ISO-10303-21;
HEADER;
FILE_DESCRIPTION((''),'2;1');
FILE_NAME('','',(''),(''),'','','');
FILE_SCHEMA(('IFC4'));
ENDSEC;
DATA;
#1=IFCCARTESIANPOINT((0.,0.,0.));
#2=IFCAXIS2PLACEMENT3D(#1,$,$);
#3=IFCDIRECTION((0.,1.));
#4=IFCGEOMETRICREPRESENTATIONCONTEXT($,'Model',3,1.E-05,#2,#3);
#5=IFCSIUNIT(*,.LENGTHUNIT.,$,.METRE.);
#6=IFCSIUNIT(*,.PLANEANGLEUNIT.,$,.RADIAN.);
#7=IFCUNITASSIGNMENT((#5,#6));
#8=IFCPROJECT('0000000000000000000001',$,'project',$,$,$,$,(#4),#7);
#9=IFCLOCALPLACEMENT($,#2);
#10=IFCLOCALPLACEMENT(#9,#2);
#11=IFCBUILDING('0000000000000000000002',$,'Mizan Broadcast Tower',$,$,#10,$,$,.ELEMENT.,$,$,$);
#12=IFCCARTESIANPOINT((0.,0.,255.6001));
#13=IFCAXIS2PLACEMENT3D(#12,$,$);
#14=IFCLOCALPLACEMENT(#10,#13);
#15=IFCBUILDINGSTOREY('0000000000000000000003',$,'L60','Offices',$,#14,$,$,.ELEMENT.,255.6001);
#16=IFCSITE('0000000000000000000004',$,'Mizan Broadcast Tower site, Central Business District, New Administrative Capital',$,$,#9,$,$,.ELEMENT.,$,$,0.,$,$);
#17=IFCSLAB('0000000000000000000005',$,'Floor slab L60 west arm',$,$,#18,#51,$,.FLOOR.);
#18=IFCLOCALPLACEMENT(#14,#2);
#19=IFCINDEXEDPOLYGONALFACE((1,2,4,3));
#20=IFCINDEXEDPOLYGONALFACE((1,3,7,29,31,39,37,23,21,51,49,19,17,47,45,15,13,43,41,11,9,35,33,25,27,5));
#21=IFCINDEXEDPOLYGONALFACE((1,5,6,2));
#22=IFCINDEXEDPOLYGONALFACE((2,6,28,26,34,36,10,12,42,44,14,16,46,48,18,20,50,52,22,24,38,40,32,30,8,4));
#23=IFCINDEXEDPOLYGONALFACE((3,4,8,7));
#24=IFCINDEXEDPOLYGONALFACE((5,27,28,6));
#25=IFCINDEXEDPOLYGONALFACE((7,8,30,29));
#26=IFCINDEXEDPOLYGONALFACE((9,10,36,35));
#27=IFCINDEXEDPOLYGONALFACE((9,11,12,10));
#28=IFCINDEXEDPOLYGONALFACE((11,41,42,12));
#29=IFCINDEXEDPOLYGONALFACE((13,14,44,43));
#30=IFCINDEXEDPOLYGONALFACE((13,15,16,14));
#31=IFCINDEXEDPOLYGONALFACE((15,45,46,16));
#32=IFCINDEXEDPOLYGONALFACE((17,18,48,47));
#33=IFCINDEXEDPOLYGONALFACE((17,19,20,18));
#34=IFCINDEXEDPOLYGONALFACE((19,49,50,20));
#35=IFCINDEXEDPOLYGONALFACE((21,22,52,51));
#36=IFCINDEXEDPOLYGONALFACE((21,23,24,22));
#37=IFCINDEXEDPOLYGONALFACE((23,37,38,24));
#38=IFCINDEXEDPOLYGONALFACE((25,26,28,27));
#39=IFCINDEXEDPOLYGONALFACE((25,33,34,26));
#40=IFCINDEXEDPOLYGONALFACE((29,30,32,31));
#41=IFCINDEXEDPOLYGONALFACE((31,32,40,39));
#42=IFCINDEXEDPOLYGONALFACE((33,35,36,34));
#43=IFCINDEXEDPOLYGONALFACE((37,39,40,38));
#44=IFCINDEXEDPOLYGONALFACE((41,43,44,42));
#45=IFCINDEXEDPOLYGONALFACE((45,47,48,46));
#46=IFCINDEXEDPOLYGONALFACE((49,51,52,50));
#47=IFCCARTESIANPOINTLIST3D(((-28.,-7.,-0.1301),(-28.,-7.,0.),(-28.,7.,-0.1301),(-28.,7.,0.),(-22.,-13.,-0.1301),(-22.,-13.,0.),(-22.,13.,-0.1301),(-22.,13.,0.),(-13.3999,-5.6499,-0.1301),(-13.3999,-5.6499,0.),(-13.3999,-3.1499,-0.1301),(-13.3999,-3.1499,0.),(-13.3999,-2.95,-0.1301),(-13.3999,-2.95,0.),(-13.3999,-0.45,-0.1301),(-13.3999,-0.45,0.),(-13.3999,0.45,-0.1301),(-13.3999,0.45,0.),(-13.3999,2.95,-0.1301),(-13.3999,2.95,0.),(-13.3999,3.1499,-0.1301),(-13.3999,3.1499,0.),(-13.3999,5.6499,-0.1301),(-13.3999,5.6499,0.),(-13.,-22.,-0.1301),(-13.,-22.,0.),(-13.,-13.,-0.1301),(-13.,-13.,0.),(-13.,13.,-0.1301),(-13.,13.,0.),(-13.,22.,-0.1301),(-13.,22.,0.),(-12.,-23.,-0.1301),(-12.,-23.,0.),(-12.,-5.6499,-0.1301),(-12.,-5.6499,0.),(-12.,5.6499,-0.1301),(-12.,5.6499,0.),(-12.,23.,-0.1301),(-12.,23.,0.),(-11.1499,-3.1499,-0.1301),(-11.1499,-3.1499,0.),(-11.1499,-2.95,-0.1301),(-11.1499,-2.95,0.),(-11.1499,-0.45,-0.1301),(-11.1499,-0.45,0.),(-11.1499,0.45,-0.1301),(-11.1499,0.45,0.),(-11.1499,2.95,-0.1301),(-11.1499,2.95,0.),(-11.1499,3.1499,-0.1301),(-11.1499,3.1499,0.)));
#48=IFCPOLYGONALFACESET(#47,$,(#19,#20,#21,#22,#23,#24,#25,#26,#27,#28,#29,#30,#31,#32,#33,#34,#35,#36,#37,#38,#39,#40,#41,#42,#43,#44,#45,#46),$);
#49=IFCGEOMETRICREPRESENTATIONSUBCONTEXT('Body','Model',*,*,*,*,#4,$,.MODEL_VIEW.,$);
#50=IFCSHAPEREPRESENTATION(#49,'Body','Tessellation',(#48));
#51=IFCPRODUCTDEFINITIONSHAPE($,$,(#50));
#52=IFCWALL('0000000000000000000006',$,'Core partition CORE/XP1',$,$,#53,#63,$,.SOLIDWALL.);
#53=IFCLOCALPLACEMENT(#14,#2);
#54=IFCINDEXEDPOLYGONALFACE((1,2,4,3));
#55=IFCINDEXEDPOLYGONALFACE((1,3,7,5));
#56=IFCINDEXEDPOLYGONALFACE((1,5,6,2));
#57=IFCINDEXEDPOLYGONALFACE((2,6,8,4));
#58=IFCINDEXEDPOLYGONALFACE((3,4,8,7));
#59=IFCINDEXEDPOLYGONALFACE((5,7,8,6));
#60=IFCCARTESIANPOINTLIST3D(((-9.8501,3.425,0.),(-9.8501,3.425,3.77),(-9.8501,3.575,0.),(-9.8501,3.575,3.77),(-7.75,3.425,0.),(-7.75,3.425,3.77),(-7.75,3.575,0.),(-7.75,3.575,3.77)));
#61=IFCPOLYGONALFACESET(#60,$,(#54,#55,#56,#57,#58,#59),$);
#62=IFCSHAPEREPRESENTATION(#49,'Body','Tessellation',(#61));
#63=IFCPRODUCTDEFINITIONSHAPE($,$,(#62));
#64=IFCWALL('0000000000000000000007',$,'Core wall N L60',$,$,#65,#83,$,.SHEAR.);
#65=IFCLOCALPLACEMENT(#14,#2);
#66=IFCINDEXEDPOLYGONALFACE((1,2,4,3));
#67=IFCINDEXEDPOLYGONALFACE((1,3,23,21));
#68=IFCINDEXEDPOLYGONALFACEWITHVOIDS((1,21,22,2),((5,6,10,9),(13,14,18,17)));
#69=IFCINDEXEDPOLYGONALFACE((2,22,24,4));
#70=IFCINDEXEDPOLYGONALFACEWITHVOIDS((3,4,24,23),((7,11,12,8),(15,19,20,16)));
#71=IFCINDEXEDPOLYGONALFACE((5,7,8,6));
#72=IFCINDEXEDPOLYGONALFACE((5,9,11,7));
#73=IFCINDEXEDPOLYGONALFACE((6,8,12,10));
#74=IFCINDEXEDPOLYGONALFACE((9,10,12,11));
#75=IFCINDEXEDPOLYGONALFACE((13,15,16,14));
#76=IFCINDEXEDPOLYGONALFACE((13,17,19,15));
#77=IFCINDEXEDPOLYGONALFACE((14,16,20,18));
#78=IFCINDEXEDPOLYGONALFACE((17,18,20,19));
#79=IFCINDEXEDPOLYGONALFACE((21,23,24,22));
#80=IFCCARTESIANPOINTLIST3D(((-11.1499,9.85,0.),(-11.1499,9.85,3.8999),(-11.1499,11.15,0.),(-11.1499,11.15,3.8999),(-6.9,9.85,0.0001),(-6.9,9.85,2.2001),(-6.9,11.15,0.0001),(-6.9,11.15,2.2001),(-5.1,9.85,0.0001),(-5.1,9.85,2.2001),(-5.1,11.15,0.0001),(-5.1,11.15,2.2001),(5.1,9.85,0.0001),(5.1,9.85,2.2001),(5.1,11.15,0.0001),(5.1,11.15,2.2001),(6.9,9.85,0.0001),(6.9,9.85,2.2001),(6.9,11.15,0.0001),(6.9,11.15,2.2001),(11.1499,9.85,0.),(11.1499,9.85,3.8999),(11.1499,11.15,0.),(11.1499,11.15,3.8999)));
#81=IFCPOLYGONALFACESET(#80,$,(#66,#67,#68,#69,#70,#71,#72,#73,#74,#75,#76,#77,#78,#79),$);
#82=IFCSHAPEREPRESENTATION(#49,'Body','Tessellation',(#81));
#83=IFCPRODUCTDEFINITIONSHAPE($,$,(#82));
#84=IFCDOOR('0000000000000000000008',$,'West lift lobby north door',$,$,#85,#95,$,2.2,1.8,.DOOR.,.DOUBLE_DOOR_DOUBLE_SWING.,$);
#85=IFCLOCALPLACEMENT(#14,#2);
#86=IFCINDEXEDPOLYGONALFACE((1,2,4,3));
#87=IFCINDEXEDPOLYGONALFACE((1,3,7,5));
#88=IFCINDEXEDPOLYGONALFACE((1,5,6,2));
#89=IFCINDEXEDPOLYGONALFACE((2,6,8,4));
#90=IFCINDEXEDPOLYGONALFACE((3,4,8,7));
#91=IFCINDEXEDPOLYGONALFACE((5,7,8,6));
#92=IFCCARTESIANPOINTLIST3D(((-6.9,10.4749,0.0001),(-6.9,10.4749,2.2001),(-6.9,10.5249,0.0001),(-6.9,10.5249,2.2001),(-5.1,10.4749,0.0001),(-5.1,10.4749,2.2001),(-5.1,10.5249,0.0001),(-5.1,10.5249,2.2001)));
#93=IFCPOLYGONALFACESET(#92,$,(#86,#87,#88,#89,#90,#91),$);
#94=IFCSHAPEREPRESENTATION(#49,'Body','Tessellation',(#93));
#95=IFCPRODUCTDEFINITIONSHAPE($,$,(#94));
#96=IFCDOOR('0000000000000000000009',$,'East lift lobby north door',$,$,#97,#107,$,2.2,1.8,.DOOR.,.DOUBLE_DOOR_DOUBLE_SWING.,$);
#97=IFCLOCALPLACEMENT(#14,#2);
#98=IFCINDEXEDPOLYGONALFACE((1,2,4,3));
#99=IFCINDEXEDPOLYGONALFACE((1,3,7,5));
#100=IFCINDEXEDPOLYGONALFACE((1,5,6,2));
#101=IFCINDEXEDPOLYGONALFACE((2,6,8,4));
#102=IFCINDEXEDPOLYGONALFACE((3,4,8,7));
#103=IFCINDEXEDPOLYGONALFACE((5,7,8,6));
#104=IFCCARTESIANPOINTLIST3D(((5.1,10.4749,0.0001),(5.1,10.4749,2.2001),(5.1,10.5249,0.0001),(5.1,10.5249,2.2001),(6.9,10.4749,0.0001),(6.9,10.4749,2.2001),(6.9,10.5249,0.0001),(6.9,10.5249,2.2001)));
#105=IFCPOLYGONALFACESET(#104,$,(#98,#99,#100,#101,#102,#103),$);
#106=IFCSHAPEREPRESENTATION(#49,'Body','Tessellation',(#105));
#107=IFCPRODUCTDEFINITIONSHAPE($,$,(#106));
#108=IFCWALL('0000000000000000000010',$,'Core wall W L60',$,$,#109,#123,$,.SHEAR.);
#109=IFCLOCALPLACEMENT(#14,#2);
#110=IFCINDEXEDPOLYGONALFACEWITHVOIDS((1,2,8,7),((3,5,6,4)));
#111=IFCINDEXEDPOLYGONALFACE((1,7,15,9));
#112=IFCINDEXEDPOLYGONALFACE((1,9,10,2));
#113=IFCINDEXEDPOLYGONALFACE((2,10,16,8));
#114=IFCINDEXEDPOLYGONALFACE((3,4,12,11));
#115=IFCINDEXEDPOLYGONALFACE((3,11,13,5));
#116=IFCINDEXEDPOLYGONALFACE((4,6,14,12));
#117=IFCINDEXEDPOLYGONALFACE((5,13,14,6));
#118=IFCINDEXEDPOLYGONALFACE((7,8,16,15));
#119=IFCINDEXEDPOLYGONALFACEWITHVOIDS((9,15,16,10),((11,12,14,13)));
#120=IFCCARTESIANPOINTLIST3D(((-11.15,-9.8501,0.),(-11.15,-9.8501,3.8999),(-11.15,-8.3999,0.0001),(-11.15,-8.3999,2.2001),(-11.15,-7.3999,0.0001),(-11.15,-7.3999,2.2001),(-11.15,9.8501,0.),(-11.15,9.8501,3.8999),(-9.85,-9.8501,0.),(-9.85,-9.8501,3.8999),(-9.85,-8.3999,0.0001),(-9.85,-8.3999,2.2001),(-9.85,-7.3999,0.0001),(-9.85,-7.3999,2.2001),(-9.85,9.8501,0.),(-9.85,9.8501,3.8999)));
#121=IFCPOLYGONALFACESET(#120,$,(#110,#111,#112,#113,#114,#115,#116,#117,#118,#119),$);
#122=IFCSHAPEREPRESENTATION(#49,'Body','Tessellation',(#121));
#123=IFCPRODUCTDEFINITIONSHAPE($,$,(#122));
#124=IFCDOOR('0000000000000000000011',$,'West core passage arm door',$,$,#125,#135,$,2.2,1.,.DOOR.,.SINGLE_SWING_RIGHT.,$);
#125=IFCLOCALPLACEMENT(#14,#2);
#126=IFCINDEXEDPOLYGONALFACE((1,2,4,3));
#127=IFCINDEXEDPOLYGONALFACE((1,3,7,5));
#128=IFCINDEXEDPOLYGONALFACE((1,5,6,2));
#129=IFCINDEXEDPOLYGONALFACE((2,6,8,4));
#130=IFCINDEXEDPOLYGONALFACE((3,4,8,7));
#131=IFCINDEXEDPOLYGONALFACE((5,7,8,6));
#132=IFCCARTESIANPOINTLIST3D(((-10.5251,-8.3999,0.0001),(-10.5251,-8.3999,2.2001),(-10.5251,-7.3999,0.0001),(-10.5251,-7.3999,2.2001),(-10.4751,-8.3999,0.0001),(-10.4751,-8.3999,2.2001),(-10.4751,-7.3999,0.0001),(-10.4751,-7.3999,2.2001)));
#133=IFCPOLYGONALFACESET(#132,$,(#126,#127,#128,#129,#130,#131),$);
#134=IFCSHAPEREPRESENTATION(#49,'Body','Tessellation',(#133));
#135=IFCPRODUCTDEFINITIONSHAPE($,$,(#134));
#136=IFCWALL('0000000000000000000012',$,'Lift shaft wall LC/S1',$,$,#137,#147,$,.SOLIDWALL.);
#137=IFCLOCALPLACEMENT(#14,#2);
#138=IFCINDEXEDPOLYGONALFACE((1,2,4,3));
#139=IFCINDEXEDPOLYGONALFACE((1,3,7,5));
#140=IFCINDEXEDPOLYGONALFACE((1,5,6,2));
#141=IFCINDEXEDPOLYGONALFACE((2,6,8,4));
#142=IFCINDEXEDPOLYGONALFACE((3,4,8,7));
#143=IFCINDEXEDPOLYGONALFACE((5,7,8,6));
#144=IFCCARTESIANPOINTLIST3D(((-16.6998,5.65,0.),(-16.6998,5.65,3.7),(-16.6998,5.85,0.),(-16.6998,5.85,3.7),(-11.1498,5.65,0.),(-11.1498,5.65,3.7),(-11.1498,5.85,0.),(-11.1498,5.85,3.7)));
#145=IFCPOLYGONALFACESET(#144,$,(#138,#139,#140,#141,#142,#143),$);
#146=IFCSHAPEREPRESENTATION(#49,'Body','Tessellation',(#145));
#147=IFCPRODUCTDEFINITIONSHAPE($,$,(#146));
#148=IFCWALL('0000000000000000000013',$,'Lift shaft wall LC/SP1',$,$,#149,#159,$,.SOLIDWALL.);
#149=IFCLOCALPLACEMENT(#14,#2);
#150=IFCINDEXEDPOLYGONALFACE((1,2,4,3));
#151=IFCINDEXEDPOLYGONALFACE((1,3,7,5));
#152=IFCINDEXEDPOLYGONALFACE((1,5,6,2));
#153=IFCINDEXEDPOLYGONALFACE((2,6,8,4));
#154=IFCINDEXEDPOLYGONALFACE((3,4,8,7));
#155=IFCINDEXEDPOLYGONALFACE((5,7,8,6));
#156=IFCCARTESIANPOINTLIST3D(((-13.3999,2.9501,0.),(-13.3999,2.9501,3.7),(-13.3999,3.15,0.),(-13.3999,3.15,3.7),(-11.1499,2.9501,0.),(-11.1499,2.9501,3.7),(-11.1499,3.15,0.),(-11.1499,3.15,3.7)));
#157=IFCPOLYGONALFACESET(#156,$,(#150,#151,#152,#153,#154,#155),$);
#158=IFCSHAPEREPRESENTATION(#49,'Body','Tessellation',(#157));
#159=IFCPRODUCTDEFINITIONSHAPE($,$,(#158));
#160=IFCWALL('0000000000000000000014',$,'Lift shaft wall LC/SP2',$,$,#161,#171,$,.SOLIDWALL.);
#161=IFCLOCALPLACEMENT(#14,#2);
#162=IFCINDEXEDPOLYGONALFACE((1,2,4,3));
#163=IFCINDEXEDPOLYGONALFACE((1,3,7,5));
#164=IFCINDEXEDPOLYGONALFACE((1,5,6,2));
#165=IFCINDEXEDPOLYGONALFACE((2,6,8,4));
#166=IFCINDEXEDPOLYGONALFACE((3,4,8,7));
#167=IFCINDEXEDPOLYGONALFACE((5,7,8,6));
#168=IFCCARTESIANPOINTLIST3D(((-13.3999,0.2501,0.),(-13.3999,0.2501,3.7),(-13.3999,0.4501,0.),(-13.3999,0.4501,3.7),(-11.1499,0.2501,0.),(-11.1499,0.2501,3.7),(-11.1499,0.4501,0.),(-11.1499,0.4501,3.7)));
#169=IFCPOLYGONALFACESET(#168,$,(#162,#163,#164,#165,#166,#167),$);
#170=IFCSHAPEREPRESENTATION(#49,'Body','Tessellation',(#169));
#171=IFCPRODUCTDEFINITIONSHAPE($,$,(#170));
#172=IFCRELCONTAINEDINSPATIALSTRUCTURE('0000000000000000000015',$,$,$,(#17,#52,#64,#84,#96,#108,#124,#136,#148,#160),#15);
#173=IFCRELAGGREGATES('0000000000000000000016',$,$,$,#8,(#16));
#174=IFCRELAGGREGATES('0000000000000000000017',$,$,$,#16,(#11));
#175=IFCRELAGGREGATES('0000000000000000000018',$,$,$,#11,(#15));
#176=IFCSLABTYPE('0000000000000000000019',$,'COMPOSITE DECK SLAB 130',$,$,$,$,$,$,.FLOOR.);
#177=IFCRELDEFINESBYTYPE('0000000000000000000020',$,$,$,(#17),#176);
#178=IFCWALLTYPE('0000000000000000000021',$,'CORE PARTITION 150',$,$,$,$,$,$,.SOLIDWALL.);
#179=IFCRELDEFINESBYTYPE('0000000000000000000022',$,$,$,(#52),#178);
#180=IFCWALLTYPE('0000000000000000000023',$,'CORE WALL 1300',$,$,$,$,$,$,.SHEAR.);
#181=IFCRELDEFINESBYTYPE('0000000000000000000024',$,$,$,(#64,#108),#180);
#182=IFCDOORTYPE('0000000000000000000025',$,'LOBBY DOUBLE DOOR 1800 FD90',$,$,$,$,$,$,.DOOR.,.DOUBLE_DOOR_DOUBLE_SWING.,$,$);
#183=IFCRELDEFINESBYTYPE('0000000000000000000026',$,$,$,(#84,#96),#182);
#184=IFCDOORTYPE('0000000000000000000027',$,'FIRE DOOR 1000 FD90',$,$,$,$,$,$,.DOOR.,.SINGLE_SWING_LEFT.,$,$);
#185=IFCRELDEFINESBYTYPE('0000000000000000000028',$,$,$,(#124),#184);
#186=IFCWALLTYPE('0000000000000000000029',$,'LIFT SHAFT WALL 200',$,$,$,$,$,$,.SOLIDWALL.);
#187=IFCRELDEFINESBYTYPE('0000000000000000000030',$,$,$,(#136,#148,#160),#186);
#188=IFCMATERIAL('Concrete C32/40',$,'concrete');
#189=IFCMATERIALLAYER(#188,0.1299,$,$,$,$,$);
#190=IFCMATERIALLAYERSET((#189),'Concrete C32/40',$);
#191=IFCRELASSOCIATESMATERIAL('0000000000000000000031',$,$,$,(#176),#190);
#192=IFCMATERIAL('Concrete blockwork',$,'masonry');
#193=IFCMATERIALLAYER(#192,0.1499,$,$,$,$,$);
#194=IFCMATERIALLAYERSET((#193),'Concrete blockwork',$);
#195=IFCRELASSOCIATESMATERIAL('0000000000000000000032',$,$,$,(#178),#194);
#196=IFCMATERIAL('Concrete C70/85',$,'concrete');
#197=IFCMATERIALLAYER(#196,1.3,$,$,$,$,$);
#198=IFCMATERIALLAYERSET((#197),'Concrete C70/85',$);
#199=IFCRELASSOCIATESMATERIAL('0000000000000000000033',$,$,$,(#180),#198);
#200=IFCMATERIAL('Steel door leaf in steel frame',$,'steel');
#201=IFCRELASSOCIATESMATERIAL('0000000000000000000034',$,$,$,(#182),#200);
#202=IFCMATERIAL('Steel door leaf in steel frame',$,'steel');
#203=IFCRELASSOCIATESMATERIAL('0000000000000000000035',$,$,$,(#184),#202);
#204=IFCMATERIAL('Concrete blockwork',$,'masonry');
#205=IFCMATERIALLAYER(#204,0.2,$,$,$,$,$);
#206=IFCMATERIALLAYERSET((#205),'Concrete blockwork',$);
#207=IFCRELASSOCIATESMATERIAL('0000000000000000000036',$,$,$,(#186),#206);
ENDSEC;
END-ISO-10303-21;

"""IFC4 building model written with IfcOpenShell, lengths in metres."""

from ifc_helpers import new_model, si_unit, direction, frame, frame_2d, origin, place, context, subcontext, project, spatial, polyline, rectangle, outline, extrude, material, layer, layer_set, type_object, element, fill, save


model = new_model("IFC4")

# Units and contexts
model_context = context("Model", 3, precision=1e-05, world=origin(), true_north=direction((0.0, 1.0)))
body_context = subcontext(model_context, "Body", "Model", "MODEL_VIEW")
ifc_project = project(units=[si_unit("LENGTHUNIT", "METRE"), si_unit("PLANEANGLEUNIT", "RADIAN")], contexts=[model_context])

# Site, building, storey
site_placement = place(None, origin())
site = spatial("IfcSite", under=ifc_project, at=site_placement, Name="Mizan Broadcast Tower site, Central Business District, New Administrative Capital", CompositionType="ELEMENT", RefElevation=0.0)
building_placement = place(site_placement, origin())
building = spatial("IfcBuilding", under=site, at=building_placement, Name="Mizan Broadcast Tower", CompositionType="ELEMENT")
storey_placement = place(building_placement, frame((0.0, 0.0, 255.6001)))
storey = spatial("IfcBuildingStorey", under=building, at=storey_placement, Name="L60", Description="Offices", CompositionType="ELEMENT", Elevation=255.6001)

# Slab
ifc_material_1 = material(Name="Concrete C32/40", Category="concrete")
ifc_layer_1 = layer(ifc_material_1, 0.1299)
ifc_layer_set_1 = layer_set([ifc_layer_1], Name="Concrete C32/40")
slab_type = type_object("IfcSlabType", Name="COMPOSITE DECK SLAB 130", PredefinedType="FLOOR", material=ifc_layer_set_1)
slab_1_placement = place(storey_placement, frame((0.0, 0.0, -0.1301)))
element("IfcSlab", 1, at=slab_1_placement, inside=storey, type_object=slab_type, Name="Floor slab L60 west arm", PredefinedType="FLOOR", context=body_context, shape_type="SweptSolid", body=[
    extrude(outline(polyline([(-22.0, 13.0), (-28.0, 7.0), (-28.0, -7.0), (-22.0, -13.0), (-13.0, -13.0), (-13.0, -22.0), (-12.0, -23.0), (-12.0, -5.6499), (-13.3999, -5.6499), (-13.3999, -3.1499), (-11.1499, -3.1499), (-11.1499, -2.95), (-13.3999, -2.95), (-13.3999, -0.45), (-11.1499, -0.45), (-11.1499, 0.45), (-13.3999, 0.45), (-13.3999, 2.95), (-11.1499, 2.95), (-11.1499, 3.1499), (-13.3999, 3.1499), (-13.3999, 5.6499), (-12.0, 5.6499), (-12.0, 23.0), (-13.0, 22.0), (-13.0, 13.0), (-22.0, 13.0)])), origin(), (0.0, 0.0, 1.0), 0.1301),
])

# Wall
ifc_material_2 = material(Name="Concrete blockwork", Category="masonry")
ifc_layer_2 = layer(ifc_material_2, 0.1499)
ifc_layer_set_2 = layer_set([ifc_layer_2], Name="Concrete blockwork")
wall_type_1 = type_object("IfcWallType", Name="CORE PARTITION 150", PredefinedType="SOLIDWALL", material=ifc_layer_set_2)
wall_1_placement = place(storey_placement, frame((-9.8501, 3.5, 0.0), z_axis=(0.0, 0.0, 1.0), x_axis=(1.0, 0.0, 0.0)))
element("IfcWall", 2, at=wall_1_placement, inside=storey, type_object=wall_type_1, Name="Core partition CORE/XP1", PredefinedType="SOLIDWALL", context=body_context, shape_type="SweptSolid", body=[
    extrude(rectangle(XDim=2.1001, YDim=0.1499, at=frame_2d((1.05, 0.0))), origin(), (0.0, 0.0, 1.0), 3.77),
])

# Wall, openings, doors
ifc_material_3 = material(Name="Concrete C70/85", Category="concrete")
ifc_layer_3 = layer(ifc_material_3, 1.3)
ifc_layer_set_3 = layer_set([ifc_layer_3], Name="Concrete C70/85")
wall_type_2 = type_object("IfcWallType", Name="CORE WALL 1300", PredefinedType="SHEAR", material=ifc_layer_set_3)
wall_2_placement = place(storey_placement, frame((-11.1499, 10.5, 0.0), z_axis=(0.0, 0.0, 1.0), x_axis=(1.0, 0.0, 0.0)))
wall_2 = element("IfcWall", 3, at=wall_2_placement, inside=storey, type_object=wall_type_2, Name="Core wall N L60", PredefinedType="SHEAR", context=body_context, shape_type="SweptSolid", body=[
    extrude(rectangle(XDim=22.2998, YDim=1.3, at=frame_2d((11.1499, 0.0))), origin(), (0.0, 0.0, 1.0), 3.8999),
])
opening_1_placement = place(wall_2_placement, frame((4.25, 0.0, 0.0)))
opening_1 = element("IfcOpeningElement", 4, at=opening_1_placement, cuts=wall_2, PredefinedType="OPENING", context=body_context, shape_type="SweptSolid", body=[
    extrude(rectangle(XDim=1.8, YDim=2.2, at=frame_2d((0.8999, 1.1001))), frame((0.0, 0.6599, 0.0), z_axis=(0.0, -1.0, 0.0), x_axis=(1.0, 0.0, 0.0)), (0.0, 0.0, 1.0), 1.3201),
])
opening_2_placement = place(wall_2_placement, frame((16.25, 0.0, 0.0)))
opening_2 = element("IfcOpeningElement", 5, at=opening_2_placement, cuts=wall_2, PredefinedType="OPENING", context=body_context, shape_type="SweptSolid", body=[
    extrude(rectangle(XDim=1.8, YDim=2.2, at=frame_2d((0.8999, 1.1001))), frame((0.0, 0.6599, 0.0), z_axis=(0.0, -1.0, 0.0), x_axis=(1.0, 0.0, 0.0)), (0.0, 0.0, 1.0), 1.3201),
])
ifc_material_4 = material(Name="Steel door leaf in steel frame", Category="steel")
door_type_1 = type_object("IfcDoorType", Name="LOBBY DOUBLE DOOR 1800 FD90", OperationType="DOUBLE_DOOR_DOUBLE_SWING", PredefinedType="DOOR", material=ifc_material_4)
door_1_placement = place(opening_1_placement, origin())
door_1 = element("IfcDoor", 6, at=door_1_placement, inside=storey, type_object=door_type_1, Name="West lift lobby north door", OperationType="DOUBLE_DOOR_DOUBLE_SWING", OverallHeight=2.2, OverallWidth=1.8, PredefinedType="DOOR", context=body_context, shape_type="SweptSolid", body=[
    extrude(rectangle(XDim=1.8, YDim=2.2, at=frame_2d((0.8999, 1.1001))), frame((0.0, 0.0249, 0.0), z_axis=(0.0, -1.0, 0.0), x_axis=(1.0, 0.0, 0.0)), (0.0, 0.0, 1.0), 0.05),
])
fill(opening_1, door_1)
door_2_placement = place(opening_2_placement, origin())
door_2 = element("IfcDoor", 7, at=door_2_placement, inside=storey, type_object=door_type_1, Name="East lift lobby north door", OperationType="DOUBLE_DOOR_DOUBLE_SWING", OverallHeight=2.2, OverallWidth=1.8, PredefinedType="DOOR", context=body_context, shape_type="SweptSolid", body=[
    extrude(rectangle(XDim=1.8, YDim=2.2, at=frame_2d((0.8999, 1.1001))), frame((0.0, 0.0249, 0.0), z_axis=(0.0, -1.0, 0.0), x_axis=(1.0, 0.0, 0.0)), (0.0, 0.0, 1.0), 0.05),
])
fill(opening_2, door_2)

# Wall, opening, door
wall_3_placement = place(storey_placement, frame((-10.5, 9.8501, 0.0), z_axis=(0.0, 0.0, 1.0), x_axis=(0.0, -1.0, 0.0)))
wall_3 = element("IfcWall", 8, at=wall_3_placement, inside=storey, type_object=wall_type_2, Name="Core wall W L60", PredefinedType="SHEAR", context=body_context, shape_type="SweptSolid", body=[
    extrude(rectangle(XDim=19.7002, YDim=1.3, at=frame_2d((9.8501, 0.0))), origin(), (0.0, 0.0, 1.0), 3.8999),
])
opening_3_placement = place(wall_3_placement, frame((17.25, 0.0, 0.0)))
opening_3 = element("IfcOpeningElement", 9, at=opening_3_placement, cuts=wall_3, PredefinedType="OPENING", context=body_context, shape_type="SweptSolid", body=[
    extrude(rectangle(XDim=1.0, YDim=2.2, at=frame_2d((0.5, 1.1001))), frame((0.0, 0.6599, 0.0), z_axis=(0.0, -1.0, 0.0), x_axis=(1.0, 0.0, 0.0)), (0.0, 0.0, 1.0), 1.3201),
])
ifc_material_5 = material(Name="Steel door leaf in steel frame", Category="steel")
door_type_2 = type_object("IfcDoorType", Name="FIRE DOOR 1000 FD90", OperationType="SINGLE_SWING_LEFT", PredefinedType="DOOR", material=ifc_material_5)
door_3_placement = place(opening_3_placement, origin())
door_3 = element("IfcDoor", 10, at=door_3_placement, inside=storey, type_object=door_type_2, Name="West core passage arm door", OperationType="SINGLE_SWING_RIGHT", OverallHeight=2.2, OverallWidth=1.0, PredefinedType="DOOR", context=body_context, shape_type="SweptSolid", body=[
    extrude(rectangle(XDim=1.0, YDim=2.2, at=frame_2d((0.5, 1.1001))), frame((0.0, 0.0249, 0.0), z_axis=(0.0, -1.0, 0.0), x_axis=(1.0, 0.0, 0.0)), (0.0, 0.0, 1.0), 0.05),
])
fill(opening_3, door_3)

# Walls
ifc_material_6 = material(Name="Concrete blockwork", Category="masonry")
ifc_layer_4 = layer(ifc_material_6, 0.2)
ifc_layer_set_4 = layer_set([ifc_layer_4], Name="Concrete blockwork")
wall_type_3 = type_object("IfcWallType", Name="LIFT SHAFT WALL 200", PredefinedType="SOLIDWALL", material=ifc_layer_set_4)
wall_4_placement = place(storey_placement, frame((-11.1499, 5.75, 0.0), z_axis=(0.0, 0.0, 1.0), x_axis=(-1.0, 0.0, 0.0)))
element("IfcWall", 11, at=wall_4_placement, inside=storey, type_object=wall_type_3, Name="Lift shaft wall LC/S1", PredefinedType="SOLIDWALL", context=body_context, shape_type="SweptSolid", body=[
    extrude(rectangle(XDim=5.55, YDim=0.2, at=frame_2d((2.7749, 0.0))), origin(), (0.0, 0.0, 1.0), 3.7),
])
for number, where, z_axis, x_axis, name in (
    (12, (-11.1499, 3.05, 0.0), (0.0, 0.0, 1.0), (-1.0, 0.0, 0.0), "Lift shaft wall LC/SP1"),
    (13, (-11.1499, 0.3501, 0.0), (0.0, 0.0, 1.0), (-1.0, 0.0, 0.0), "Lift shaft wall LC/SP2"),
):
    element("IfcWall", number, at=place(storey_placement, frame(where, z_axis=z_axis, x_axis=x_axis)), inside=storey, type_object=wall_type_3, Name=name, PredefinedType="SOLIDWALL", context=body_context, shape_type="SweptSolid", body=[
        extrude(rectangle(XDim=2.25, YDim=0.2, at=frame_2d((1.125, 0.0))), origin(), (0.0, 0.0, 1.0), 3.7),
    ])

save(model, "model.ifc")
